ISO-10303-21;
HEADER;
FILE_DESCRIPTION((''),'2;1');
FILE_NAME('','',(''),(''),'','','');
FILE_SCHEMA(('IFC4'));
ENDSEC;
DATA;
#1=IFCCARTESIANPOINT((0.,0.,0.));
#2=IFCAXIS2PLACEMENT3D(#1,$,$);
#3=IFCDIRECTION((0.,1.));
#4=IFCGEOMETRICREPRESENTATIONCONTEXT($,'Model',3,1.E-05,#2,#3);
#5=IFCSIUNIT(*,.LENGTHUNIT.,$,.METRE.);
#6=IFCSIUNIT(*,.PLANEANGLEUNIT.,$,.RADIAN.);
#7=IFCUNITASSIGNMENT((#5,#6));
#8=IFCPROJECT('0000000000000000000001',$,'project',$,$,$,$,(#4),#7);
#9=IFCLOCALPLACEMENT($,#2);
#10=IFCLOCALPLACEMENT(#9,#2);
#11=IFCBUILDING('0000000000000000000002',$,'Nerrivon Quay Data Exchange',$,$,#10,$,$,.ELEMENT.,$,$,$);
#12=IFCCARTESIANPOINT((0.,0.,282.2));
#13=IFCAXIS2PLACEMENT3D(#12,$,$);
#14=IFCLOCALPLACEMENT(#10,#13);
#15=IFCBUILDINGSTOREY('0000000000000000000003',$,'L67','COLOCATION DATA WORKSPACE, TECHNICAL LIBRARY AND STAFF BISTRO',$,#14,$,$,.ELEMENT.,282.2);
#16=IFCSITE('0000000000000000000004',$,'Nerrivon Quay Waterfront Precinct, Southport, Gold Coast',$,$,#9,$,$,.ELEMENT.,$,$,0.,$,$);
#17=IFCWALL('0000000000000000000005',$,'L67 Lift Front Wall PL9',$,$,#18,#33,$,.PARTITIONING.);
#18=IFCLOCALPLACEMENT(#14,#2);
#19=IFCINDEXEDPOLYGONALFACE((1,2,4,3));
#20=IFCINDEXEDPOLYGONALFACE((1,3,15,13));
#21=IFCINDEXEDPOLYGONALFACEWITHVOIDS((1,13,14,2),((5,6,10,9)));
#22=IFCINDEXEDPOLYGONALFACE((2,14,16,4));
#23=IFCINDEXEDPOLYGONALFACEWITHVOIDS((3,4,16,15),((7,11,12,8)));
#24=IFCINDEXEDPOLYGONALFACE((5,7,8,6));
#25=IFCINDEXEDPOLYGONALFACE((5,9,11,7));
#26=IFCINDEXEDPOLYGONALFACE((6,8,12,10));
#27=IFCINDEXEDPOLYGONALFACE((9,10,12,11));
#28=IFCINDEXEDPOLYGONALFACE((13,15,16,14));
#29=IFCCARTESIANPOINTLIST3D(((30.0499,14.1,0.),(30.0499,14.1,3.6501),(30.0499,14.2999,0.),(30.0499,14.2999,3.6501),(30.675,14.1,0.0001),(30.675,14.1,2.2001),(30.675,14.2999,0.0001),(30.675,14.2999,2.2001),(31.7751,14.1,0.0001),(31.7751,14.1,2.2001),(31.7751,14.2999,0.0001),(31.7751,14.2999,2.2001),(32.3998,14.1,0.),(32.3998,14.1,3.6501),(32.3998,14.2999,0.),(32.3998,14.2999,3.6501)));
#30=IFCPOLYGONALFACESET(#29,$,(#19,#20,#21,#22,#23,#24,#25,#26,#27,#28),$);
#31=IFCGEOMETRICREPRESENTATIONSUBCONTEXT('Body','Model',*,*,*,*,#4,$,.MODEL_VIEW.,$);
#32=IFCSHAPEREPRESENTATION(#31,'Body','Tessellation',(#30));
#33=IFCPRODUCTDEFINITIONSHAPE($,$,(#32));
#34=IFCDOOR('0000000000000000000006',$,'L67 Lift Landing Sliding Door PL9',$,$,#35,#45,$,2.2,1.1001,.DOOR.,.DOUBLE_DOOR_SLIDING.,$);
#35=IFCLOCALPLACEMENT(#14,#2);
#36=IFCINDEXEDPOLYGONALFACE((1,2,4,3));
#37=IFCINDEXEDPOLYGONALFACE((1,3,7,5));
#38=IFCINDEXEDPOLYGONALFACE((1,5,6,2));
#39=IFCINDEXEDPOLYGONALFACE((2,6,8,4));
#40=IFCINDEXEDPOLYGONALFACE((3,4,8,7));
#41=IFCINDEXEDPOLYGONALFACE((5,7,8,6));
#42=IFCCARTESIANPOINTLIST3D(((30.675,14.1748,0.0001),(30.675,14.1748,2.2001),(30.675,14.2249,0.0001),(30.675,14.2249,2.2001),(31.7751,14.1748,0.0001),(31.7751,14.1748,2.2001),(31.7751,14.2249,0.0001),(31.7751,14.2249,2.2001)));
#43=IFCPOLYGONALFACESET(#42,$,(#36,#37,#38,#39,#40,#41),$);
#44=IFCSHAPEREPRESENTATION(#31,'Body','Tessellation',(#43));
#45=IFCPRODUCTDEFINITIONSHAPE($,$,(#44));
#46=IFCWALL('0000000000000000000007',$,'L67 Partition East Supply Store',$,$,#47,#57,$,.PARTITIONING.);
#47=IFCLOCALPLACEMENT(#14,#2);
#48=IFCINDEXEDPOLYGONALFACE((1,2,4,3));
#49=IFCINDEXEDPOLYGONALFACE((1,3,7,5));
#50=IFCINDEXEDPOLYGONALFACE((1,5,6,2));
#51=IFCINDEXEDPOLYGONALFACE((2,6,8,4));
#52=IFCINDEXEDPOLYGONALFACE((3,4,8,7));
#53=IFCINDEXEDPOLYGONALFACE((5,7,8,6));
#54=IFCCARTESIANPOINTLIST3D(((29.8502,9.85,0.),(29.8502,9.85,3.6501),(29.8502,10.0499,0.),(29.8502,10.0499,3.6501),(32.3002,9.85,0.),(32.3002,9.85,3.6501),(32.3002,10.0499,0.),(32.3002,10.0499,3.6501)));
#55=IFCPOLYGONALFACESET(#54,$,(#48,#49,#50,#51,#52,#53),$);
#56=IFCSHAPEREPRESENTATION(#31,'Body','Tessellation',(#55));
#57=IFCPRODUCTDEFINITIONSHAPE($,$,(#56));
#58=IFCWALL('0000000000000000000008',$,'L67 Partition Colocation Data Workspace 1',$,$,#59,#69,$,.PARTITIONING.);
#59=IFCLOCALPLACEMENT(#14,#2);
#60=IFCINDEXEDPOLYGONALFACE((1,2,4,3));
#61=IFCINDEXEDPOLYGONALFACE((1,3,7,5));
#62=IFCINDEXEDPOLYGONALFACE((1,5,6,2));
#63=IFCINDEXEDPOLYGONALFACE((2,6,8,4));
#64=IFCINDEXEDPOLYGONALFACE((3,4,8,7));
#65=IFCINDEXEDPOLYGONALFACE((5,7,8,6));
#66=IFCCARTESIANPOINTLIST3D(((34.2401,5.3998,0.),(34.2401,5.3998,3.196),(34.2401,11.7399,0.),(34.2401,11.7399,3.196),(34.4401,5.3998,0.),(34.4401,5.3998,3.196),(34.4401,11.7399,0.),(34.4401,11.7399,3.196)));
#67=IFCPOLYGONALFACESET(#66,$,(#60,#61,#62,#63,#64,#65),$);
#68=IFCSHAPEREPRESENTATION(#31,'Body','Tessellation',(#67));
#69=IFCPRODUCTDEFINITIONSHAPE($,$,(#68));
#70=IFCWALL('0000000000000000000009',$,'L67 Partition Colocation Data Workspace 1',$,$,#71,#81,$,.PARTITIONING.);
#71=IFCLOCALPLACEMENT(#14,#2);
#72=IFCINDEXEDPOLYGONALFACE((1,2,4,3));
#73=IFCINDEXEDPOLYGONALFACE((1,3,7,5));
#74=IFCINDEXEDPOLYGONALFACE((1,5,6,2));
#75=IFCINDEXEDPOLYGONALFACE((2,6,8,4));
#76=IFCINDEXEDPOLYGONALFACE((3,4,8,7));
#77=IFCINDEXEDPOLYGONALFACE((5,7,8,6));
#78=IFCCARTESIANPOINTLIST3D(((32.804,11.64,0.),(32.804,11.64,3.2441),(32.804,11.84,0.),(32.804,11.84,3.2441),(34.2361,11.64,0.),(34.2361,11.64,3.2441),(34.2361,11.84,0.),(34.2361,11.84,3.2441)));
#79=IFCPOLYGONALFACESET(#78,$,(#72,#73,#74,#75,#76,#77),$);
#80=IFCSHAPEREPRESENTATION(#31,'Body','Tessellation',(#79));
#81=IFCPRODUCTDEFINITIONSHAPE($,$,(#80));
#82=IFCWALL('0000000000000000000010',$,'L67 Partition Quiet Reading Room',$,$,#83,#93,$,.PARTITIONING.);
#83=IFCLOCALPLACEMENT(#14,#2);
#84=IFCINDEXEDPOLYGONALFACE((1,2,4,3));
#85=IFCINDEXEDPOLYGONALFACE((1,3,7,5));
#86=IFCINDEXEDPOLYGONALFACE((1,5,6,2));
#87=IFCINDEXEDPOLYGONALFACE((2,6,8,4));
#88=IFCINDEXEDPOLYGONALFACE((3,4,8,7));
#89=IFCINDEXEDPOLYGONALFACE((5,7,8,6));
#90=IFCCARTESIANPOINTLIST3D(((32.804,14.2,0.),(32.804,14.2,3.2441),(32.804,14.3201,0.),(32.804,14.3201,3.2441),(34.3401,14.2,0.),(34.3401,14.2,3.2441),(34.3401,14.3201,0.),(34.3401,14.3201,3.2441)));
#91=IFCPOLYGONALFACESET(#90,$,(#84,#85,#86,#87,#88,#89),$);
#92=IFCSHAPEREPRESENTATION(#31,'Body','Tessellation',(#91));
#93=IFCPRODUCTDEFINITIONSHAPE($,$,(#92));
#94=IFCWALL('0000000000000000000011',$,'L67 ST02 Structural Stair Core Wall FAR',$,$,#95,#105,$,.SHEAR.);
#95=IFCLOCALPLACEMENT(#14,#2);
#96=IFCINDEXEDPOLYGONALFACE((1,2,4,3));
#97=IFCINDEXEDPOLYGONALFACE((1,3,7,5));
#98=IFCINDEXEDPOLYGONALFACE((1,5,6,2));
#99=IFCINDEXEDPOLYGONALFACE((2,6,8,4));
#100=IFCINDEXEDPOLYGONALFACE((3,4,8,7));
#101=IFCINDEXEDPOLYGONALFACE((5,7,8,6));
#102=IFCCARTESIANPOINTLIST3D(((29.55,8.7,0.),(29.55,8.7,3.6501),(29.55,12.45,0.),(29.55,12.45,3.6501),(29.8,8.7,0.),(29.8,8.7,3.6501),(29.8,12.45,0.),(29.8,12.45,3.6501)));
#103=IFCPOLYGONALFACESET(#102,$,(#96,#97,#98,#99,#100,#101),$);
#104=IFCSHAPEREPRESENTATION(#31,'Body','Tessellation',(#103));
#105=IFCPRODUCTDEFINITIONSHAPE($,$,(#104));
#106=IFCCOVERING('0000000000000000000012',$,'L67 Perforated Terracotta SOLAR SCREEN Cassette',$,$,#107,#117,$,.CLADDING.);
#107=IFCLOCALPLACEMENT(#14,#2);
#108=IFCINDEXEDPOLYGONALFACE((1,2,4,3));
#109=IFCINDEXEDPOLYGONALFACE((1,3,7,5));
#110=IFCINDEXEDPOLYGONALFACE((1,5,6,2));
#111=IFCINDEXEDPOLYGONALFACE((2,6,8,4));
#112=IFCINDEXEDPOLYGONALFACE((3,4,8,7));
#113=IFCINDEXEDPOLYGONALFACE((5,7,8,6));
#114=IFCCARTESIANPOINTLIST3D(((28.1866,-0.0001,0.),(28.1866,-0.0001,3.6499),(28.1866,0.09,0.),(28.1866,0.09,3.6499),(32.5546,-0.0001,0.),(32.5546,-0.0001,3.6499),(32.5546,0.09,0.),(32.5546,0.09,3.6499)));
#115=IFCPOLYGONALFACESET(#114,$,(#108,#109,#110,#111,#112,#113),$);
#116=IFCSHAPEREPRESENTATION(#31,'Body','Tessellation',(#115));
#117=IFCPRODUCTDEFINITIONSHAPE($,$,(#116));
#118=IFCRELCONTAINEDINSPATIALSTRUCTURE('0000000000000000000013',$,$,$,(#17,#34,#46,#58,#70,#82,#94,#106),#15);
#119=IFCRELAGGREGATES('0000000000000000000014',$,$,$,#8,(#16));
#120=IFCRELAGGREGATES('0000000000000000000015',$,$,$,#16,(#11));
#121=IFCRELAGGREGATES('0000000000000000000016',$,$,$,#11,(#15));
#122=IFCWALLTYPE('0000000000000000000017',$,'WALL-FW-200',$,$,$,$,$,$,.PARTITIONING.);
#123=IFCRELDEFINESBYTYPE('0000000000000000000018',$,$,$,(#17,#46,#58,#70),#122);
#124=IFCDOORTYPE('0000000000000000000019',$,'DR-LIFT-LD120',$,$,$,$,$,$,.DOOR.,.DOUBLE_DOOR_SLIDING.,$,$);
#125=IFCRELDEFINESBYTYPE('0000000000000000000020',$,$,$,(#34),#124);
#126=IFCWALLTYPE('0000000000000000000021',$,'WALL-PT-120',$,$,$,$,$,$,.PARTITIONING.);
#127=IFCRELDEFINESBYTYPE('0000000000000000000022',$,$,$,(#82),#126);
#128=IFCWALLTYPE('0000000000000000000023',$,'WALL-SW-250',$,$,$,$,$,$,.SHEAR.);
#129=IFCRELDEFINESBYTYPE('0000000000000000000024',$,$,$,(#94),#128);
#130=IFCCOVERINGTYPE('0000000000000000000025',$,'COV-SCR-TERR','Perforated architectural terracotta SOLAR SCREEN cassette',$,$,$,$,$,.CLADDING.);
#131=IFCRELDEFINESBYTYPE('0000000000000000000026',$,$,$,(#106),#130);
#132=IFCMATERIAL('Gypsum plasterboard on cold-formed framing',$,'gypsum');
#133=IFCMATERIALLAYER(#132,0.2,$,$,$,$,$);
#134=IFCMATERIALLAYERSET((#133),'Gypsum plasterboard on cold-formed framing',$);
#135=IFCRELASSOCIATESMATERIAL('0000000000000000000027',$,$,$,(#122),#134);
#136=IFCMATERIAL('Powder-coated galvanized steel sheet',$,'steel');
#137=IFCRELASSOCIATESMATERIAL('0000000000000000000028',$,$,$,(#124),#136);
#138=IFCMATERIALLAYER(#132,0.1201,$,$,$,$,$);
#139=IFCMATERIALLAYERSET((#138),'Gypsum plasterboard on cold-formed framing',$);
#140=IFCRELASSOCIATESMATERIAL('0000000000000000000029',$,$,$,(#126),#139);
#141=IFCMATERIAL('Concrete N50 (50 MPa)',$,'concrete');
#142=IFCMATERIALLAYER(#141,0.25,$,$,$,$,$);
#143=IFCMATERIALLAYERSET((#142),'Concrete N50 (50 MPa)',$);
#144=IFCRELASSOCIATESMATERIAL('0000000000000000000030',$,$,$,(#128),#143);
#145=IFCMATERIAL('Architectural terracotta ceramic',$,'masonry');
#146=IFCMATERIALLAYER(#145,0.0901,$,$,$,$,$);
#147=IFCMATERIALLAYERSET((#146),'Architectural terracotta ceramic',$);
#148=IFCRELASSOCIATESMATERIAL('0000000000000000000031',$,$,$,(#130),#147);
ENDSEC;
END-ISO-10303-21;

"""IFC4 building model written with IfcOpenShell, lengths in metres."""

from ifc_helpers import new_model, si_unit, direction, frame, frame_2d, origin, origin_2d, place, context, subcontext, project, spatial, rectangle, extrude, material, layer, layer_set, type_object, element, fill, save


model = new_model("IFC4")

# Units and contexts
model_context = context("Model", 3, precision=1e-05, world=origin(), true_north=direction((0.0, 1.0)))
body_context = subcontext(model_context, "Body", "Model", "MODEL_VIEW")
ifc_project = project(units=[si_unit("LENGTHUNIT", "METRE"), si_unit("PLANEANGLEUNIT", "RADIAN")], contexts=[model_context])

# Site, building, storey
site_placement = place(None, origin())
site = spatial("IfcSite", under=ifc_project, at=site_placement, Name="Nerrivon Quay Waterfront Precinct, Southport, Gold Coast", CompositionType="ELEMENT", RefElevation=0.0)
building_placement = place(site_placement, origin())
building = spatial("IfcBuilding", under=site, at=building_placement, Name="Nerrivon Quay Data Exchange", CompositionType="ELEMENT")
storey_placement = place(building_placement, frame((0.0, 0.0, 282.2)))
storey = spatial("IfcBuildingStorey", under=building, at=storey_placement, Name="L67", Description="COLOCATION DATA WORKSPACE, TECHNICAL LIBRARY AND STAFF BISTRO", CompositionType="ELEMENT", Elevation=282.2)

# Shared definitions
ifc_material_1 = material(Name="Concrete N50 (50 MPa)", Category="concrete")

# Shared definitions
ifc_material_2 = material(Name="Powder-coated galvanized steel sheet", Category="steel")

# Shared definitions
ifc_material_3 = material(Name="Gypsum plasterboard on cold-formed framing", Category="gypsum")
ifc_layer_1 = layer(ifc_material_3, 0.2)
ifc_layer_set_1 = layer_set([ifc_layer_1], Name="Gypsum plasterboard on cold-formed framing")
wall_type_1 = type_object("IfcWallType", Name="WALL-FW-200", PredefinedType="PARTITIONING", material=ifc_layer_set_1)

# Shared definitions
door_type_1 = type_object("IfcDoorType", Name="DR-LIFT-LD120", OperationType="DOUBLE_DOOR_SLIDING", PredefinedType="DOOR", material=ifc_material_2)

# Wall, opening, door
wall_1_placement = place(storey_placement, frame((30.05, 14.2, 0.0), z_axis=(0.0, 0.0, 1.0), x_axis=(1.0, 0.0, 0.0)))
wall_1 = element("IfcWall", 1, at=wall_1_placement, inside=storey, type_object=wall_type_1, Name="L67 Lift Front Wall PL9", PredefinedType="PARTITIONING", context=body_context, shape_type="SweptSolid", body=[
    extrude(rectangle(XDim=2.3499, YDim=0.2, at=frame_2d((1.1748, 0.0))), origin(), (0.0, 0.0, 1.0), 3.6501),
])
opening_1_placement = place(wall_1_placement, frame((0.625, 0.0, 0.0)))
opening_1 = element("IfcOpeningElement", 2, at=opening_1_placement, cuts=wall_1, PredefinedType="OPENING", context=body_context, shape_type="SweptSolid", body=[
    extrude(rectangle(XDim=1.1001, YDim=2.2, at=frame_2d((0.55, 1.1001))), frame((0.0, 0.1099, 0.0), z_axis=(0.0, -1.0, 0.0), x_axis=(1.0, 0.0, 0.0)), (0.0, 0.0, 1.0), 0.22),
])
door_1_placement = place(opening_1_placement, origin())
door_1 = element("IfcDoor", 3, at=door_1_placement, inside=storey, type_object=door_type_1, Name="L67 Lift Landing Sliding Door PL9", OperationType="DOUBLE_DOOR_SLIDING", OverallHeight=2.2, OverallWidth=1.1001, PredefinedType="DOOR", context=body_context, shape_type="SweptSolid", body=[
    extrude(rectangle(XDim=1.1001, YDim=2.2, at=frame_2d((0.55, 1.1001))), frame((0.0, 0.0249, 0.0), z_axis=(0.0, -1.0, 0.0), x_axis=(1.0, 0.0, 0.0)), (0.0, 0.0, 1.0), 0.05),
])
fill(opening_1, door_1)

# Walls
wall_2_placement = place(storey_placement, frame((29.8501, 9.95, 0.0), z_axis=(0.0, 0.0, 1.0), x_axis=(1.0, 0.0, 0.0)))
element("IfcWall", 4, at=wall_2_placement, inside=storey, type_object=wall_type_1, Name="L67 Partition East Supply Store", PredefinedType="PARTITIONING", context=body_context, shape_type="SweptSolid", body=[
    extrude(rectangle(XDim=2.45, YDim=0.2, at=frame_2d((1.2251, 0.0))), origin(), (0.0, 0.0, 1.0), 3.6501),
])
wall_3_placement = place(storey_placement, frame((34.3401, 5.3999, 0.0), z_axis=(0.0, 0.0, 1.0), x_axis=(0.0, 1.0, 0.0)))
element("IfcWall", 5, at=wall_3_placement, inside=storey, type_object=wall_type_1, Name="L67 Partition Colocation Data Workspace 1", PredefinedType="PARTITIONING", context=body_context, shape_type="SweptSolid", body=[
    extrude(rectangle(XDim=6.3401, YDim=0.2, at=frame_2d((3.1699, 0.0))), origin(), (0.0, 0.0, 1.0), 3.196),
])
wall_4_placement = place(storey_placement, frame((34.2361, 11.74, 0.0), z_axis=(0.0, 0.0, 1.0), x_axis=(-1.0, 0.0, 0.0)))
element("IfcWall", 6, at=wall_4_placement, inside=storey, type_object=wall_type_1, Name="L67 Partition Colocation Data Workspace 1", PredefinedType="PARTITIONING", context=body_context, shape_type="SweptSolid", body=[
    extrude(rectangle(XDim=1.4321, YDim=0.2, at=frame_2d((0.7161, 0.0))), origin(), (0.0, 0.0, 1.0), 3.2441),
])
ifc_layer_2 = layer(ifc_material_3, 0.1201)
ifc_layer_set_2 = layer_set([ifc_layer_2], Name="Gypsum plasterboard on cold-formed framing")
wall_type_2 = type_object("IfcWallType", Name="WALL-PT-120", PredefinedType="PARTITIONING", material=ifc_layer_set_2)
wall_5_placement = place(storey_placement, frame((32.804, 14.26, 0.0), z_axis=(0.0, 0.0, 1.0), x_axis=(1.0, 0.0, 0.0)))
element("IfcWall", 7, at=wall_5_placement, inside=storey, type_object=wall_type_2, Name="L67 Partition Quiet Reading Room", PredefinedType="PARTITIONING", context=body_context, shape_type="SweptSolid", body=[
    extrude(rectangle(XDim=1.5361, YDim=0.1201, at=frame_2d((0.7681, 0.0))), origin(), (0.0, 0.0, 1.0), 3.2441),
])
ifc_layer_3 = layer(ifc_material_1, 0.25)
ifc_layer_set_3 = layer_set([ifc_layer_3], Name="Concrete N50 (50 MPa)")
wall_type_3 = type_object("IfcWallType", Name="WALL-SW-250", PredefinedType="SHEAR", material=ifc_layer_set_3)
wall_6_placement = place(storey_placement, frame((29.675, 8.7, 0.0), z_axis=(0.0, 0.0, 1.0), x_axis=(0.0, 1.0, 0.0)))
element("IfcWall", 8, at=wall_6_placement, inside=storey, type_object=wall_type_3, Name="L67 ST02 Structural Stair Core Wall FAR", PredefinedType="SHEAR", context=body_context, shape_type="SweptSolid", body=[
    extrude(rectangle(XDim=3.75, YDim=0.25, at=frame_2d((1.875, 0.0))), origin(), (0.0, 0.0, 1.0), 3.6501),
])

# Covering
ifc_material_4 = material(Name="Architectural terracotta ceramic", Category="masonry")
ifc_layer_4 = layer(ifc_material_4, 0.0901)
ifc_layer_set_4 = layer_set([ifc_layer_4], Name="Architectural terracotta ceramic")
covering_type = type_object("IfcCoveringType", Name="COV-SCR-TERR", Description="Perforated architectural terracotta SOLAR SCREEN cassette", PredefinedType="CLADDING", material=ifc_layer_set_4)
covering_placement = place(storey_placement, frame((30.3706, 0.0449, 0.0), z_axis=(0.0, 0.0, 1.0), x_axis=(-1.0, 0.0, 0.0)))
element("IfcCovering", 9, at=covering_placement, inside=storey, type_object=covering_type, Name="L67 Perforated Terracotta SOLAR SCREEN Cassette", PredefinedType="CLADDING", context=body_context, shape_type="SweptSolid", body=[
    extrude(rectangle(XDim=4.3679, YDim=0.0901, at=origin_2d()), origin(), (0.0, 0.0, 1.0), 3.6499),
])

save(model, "model.ifc")
